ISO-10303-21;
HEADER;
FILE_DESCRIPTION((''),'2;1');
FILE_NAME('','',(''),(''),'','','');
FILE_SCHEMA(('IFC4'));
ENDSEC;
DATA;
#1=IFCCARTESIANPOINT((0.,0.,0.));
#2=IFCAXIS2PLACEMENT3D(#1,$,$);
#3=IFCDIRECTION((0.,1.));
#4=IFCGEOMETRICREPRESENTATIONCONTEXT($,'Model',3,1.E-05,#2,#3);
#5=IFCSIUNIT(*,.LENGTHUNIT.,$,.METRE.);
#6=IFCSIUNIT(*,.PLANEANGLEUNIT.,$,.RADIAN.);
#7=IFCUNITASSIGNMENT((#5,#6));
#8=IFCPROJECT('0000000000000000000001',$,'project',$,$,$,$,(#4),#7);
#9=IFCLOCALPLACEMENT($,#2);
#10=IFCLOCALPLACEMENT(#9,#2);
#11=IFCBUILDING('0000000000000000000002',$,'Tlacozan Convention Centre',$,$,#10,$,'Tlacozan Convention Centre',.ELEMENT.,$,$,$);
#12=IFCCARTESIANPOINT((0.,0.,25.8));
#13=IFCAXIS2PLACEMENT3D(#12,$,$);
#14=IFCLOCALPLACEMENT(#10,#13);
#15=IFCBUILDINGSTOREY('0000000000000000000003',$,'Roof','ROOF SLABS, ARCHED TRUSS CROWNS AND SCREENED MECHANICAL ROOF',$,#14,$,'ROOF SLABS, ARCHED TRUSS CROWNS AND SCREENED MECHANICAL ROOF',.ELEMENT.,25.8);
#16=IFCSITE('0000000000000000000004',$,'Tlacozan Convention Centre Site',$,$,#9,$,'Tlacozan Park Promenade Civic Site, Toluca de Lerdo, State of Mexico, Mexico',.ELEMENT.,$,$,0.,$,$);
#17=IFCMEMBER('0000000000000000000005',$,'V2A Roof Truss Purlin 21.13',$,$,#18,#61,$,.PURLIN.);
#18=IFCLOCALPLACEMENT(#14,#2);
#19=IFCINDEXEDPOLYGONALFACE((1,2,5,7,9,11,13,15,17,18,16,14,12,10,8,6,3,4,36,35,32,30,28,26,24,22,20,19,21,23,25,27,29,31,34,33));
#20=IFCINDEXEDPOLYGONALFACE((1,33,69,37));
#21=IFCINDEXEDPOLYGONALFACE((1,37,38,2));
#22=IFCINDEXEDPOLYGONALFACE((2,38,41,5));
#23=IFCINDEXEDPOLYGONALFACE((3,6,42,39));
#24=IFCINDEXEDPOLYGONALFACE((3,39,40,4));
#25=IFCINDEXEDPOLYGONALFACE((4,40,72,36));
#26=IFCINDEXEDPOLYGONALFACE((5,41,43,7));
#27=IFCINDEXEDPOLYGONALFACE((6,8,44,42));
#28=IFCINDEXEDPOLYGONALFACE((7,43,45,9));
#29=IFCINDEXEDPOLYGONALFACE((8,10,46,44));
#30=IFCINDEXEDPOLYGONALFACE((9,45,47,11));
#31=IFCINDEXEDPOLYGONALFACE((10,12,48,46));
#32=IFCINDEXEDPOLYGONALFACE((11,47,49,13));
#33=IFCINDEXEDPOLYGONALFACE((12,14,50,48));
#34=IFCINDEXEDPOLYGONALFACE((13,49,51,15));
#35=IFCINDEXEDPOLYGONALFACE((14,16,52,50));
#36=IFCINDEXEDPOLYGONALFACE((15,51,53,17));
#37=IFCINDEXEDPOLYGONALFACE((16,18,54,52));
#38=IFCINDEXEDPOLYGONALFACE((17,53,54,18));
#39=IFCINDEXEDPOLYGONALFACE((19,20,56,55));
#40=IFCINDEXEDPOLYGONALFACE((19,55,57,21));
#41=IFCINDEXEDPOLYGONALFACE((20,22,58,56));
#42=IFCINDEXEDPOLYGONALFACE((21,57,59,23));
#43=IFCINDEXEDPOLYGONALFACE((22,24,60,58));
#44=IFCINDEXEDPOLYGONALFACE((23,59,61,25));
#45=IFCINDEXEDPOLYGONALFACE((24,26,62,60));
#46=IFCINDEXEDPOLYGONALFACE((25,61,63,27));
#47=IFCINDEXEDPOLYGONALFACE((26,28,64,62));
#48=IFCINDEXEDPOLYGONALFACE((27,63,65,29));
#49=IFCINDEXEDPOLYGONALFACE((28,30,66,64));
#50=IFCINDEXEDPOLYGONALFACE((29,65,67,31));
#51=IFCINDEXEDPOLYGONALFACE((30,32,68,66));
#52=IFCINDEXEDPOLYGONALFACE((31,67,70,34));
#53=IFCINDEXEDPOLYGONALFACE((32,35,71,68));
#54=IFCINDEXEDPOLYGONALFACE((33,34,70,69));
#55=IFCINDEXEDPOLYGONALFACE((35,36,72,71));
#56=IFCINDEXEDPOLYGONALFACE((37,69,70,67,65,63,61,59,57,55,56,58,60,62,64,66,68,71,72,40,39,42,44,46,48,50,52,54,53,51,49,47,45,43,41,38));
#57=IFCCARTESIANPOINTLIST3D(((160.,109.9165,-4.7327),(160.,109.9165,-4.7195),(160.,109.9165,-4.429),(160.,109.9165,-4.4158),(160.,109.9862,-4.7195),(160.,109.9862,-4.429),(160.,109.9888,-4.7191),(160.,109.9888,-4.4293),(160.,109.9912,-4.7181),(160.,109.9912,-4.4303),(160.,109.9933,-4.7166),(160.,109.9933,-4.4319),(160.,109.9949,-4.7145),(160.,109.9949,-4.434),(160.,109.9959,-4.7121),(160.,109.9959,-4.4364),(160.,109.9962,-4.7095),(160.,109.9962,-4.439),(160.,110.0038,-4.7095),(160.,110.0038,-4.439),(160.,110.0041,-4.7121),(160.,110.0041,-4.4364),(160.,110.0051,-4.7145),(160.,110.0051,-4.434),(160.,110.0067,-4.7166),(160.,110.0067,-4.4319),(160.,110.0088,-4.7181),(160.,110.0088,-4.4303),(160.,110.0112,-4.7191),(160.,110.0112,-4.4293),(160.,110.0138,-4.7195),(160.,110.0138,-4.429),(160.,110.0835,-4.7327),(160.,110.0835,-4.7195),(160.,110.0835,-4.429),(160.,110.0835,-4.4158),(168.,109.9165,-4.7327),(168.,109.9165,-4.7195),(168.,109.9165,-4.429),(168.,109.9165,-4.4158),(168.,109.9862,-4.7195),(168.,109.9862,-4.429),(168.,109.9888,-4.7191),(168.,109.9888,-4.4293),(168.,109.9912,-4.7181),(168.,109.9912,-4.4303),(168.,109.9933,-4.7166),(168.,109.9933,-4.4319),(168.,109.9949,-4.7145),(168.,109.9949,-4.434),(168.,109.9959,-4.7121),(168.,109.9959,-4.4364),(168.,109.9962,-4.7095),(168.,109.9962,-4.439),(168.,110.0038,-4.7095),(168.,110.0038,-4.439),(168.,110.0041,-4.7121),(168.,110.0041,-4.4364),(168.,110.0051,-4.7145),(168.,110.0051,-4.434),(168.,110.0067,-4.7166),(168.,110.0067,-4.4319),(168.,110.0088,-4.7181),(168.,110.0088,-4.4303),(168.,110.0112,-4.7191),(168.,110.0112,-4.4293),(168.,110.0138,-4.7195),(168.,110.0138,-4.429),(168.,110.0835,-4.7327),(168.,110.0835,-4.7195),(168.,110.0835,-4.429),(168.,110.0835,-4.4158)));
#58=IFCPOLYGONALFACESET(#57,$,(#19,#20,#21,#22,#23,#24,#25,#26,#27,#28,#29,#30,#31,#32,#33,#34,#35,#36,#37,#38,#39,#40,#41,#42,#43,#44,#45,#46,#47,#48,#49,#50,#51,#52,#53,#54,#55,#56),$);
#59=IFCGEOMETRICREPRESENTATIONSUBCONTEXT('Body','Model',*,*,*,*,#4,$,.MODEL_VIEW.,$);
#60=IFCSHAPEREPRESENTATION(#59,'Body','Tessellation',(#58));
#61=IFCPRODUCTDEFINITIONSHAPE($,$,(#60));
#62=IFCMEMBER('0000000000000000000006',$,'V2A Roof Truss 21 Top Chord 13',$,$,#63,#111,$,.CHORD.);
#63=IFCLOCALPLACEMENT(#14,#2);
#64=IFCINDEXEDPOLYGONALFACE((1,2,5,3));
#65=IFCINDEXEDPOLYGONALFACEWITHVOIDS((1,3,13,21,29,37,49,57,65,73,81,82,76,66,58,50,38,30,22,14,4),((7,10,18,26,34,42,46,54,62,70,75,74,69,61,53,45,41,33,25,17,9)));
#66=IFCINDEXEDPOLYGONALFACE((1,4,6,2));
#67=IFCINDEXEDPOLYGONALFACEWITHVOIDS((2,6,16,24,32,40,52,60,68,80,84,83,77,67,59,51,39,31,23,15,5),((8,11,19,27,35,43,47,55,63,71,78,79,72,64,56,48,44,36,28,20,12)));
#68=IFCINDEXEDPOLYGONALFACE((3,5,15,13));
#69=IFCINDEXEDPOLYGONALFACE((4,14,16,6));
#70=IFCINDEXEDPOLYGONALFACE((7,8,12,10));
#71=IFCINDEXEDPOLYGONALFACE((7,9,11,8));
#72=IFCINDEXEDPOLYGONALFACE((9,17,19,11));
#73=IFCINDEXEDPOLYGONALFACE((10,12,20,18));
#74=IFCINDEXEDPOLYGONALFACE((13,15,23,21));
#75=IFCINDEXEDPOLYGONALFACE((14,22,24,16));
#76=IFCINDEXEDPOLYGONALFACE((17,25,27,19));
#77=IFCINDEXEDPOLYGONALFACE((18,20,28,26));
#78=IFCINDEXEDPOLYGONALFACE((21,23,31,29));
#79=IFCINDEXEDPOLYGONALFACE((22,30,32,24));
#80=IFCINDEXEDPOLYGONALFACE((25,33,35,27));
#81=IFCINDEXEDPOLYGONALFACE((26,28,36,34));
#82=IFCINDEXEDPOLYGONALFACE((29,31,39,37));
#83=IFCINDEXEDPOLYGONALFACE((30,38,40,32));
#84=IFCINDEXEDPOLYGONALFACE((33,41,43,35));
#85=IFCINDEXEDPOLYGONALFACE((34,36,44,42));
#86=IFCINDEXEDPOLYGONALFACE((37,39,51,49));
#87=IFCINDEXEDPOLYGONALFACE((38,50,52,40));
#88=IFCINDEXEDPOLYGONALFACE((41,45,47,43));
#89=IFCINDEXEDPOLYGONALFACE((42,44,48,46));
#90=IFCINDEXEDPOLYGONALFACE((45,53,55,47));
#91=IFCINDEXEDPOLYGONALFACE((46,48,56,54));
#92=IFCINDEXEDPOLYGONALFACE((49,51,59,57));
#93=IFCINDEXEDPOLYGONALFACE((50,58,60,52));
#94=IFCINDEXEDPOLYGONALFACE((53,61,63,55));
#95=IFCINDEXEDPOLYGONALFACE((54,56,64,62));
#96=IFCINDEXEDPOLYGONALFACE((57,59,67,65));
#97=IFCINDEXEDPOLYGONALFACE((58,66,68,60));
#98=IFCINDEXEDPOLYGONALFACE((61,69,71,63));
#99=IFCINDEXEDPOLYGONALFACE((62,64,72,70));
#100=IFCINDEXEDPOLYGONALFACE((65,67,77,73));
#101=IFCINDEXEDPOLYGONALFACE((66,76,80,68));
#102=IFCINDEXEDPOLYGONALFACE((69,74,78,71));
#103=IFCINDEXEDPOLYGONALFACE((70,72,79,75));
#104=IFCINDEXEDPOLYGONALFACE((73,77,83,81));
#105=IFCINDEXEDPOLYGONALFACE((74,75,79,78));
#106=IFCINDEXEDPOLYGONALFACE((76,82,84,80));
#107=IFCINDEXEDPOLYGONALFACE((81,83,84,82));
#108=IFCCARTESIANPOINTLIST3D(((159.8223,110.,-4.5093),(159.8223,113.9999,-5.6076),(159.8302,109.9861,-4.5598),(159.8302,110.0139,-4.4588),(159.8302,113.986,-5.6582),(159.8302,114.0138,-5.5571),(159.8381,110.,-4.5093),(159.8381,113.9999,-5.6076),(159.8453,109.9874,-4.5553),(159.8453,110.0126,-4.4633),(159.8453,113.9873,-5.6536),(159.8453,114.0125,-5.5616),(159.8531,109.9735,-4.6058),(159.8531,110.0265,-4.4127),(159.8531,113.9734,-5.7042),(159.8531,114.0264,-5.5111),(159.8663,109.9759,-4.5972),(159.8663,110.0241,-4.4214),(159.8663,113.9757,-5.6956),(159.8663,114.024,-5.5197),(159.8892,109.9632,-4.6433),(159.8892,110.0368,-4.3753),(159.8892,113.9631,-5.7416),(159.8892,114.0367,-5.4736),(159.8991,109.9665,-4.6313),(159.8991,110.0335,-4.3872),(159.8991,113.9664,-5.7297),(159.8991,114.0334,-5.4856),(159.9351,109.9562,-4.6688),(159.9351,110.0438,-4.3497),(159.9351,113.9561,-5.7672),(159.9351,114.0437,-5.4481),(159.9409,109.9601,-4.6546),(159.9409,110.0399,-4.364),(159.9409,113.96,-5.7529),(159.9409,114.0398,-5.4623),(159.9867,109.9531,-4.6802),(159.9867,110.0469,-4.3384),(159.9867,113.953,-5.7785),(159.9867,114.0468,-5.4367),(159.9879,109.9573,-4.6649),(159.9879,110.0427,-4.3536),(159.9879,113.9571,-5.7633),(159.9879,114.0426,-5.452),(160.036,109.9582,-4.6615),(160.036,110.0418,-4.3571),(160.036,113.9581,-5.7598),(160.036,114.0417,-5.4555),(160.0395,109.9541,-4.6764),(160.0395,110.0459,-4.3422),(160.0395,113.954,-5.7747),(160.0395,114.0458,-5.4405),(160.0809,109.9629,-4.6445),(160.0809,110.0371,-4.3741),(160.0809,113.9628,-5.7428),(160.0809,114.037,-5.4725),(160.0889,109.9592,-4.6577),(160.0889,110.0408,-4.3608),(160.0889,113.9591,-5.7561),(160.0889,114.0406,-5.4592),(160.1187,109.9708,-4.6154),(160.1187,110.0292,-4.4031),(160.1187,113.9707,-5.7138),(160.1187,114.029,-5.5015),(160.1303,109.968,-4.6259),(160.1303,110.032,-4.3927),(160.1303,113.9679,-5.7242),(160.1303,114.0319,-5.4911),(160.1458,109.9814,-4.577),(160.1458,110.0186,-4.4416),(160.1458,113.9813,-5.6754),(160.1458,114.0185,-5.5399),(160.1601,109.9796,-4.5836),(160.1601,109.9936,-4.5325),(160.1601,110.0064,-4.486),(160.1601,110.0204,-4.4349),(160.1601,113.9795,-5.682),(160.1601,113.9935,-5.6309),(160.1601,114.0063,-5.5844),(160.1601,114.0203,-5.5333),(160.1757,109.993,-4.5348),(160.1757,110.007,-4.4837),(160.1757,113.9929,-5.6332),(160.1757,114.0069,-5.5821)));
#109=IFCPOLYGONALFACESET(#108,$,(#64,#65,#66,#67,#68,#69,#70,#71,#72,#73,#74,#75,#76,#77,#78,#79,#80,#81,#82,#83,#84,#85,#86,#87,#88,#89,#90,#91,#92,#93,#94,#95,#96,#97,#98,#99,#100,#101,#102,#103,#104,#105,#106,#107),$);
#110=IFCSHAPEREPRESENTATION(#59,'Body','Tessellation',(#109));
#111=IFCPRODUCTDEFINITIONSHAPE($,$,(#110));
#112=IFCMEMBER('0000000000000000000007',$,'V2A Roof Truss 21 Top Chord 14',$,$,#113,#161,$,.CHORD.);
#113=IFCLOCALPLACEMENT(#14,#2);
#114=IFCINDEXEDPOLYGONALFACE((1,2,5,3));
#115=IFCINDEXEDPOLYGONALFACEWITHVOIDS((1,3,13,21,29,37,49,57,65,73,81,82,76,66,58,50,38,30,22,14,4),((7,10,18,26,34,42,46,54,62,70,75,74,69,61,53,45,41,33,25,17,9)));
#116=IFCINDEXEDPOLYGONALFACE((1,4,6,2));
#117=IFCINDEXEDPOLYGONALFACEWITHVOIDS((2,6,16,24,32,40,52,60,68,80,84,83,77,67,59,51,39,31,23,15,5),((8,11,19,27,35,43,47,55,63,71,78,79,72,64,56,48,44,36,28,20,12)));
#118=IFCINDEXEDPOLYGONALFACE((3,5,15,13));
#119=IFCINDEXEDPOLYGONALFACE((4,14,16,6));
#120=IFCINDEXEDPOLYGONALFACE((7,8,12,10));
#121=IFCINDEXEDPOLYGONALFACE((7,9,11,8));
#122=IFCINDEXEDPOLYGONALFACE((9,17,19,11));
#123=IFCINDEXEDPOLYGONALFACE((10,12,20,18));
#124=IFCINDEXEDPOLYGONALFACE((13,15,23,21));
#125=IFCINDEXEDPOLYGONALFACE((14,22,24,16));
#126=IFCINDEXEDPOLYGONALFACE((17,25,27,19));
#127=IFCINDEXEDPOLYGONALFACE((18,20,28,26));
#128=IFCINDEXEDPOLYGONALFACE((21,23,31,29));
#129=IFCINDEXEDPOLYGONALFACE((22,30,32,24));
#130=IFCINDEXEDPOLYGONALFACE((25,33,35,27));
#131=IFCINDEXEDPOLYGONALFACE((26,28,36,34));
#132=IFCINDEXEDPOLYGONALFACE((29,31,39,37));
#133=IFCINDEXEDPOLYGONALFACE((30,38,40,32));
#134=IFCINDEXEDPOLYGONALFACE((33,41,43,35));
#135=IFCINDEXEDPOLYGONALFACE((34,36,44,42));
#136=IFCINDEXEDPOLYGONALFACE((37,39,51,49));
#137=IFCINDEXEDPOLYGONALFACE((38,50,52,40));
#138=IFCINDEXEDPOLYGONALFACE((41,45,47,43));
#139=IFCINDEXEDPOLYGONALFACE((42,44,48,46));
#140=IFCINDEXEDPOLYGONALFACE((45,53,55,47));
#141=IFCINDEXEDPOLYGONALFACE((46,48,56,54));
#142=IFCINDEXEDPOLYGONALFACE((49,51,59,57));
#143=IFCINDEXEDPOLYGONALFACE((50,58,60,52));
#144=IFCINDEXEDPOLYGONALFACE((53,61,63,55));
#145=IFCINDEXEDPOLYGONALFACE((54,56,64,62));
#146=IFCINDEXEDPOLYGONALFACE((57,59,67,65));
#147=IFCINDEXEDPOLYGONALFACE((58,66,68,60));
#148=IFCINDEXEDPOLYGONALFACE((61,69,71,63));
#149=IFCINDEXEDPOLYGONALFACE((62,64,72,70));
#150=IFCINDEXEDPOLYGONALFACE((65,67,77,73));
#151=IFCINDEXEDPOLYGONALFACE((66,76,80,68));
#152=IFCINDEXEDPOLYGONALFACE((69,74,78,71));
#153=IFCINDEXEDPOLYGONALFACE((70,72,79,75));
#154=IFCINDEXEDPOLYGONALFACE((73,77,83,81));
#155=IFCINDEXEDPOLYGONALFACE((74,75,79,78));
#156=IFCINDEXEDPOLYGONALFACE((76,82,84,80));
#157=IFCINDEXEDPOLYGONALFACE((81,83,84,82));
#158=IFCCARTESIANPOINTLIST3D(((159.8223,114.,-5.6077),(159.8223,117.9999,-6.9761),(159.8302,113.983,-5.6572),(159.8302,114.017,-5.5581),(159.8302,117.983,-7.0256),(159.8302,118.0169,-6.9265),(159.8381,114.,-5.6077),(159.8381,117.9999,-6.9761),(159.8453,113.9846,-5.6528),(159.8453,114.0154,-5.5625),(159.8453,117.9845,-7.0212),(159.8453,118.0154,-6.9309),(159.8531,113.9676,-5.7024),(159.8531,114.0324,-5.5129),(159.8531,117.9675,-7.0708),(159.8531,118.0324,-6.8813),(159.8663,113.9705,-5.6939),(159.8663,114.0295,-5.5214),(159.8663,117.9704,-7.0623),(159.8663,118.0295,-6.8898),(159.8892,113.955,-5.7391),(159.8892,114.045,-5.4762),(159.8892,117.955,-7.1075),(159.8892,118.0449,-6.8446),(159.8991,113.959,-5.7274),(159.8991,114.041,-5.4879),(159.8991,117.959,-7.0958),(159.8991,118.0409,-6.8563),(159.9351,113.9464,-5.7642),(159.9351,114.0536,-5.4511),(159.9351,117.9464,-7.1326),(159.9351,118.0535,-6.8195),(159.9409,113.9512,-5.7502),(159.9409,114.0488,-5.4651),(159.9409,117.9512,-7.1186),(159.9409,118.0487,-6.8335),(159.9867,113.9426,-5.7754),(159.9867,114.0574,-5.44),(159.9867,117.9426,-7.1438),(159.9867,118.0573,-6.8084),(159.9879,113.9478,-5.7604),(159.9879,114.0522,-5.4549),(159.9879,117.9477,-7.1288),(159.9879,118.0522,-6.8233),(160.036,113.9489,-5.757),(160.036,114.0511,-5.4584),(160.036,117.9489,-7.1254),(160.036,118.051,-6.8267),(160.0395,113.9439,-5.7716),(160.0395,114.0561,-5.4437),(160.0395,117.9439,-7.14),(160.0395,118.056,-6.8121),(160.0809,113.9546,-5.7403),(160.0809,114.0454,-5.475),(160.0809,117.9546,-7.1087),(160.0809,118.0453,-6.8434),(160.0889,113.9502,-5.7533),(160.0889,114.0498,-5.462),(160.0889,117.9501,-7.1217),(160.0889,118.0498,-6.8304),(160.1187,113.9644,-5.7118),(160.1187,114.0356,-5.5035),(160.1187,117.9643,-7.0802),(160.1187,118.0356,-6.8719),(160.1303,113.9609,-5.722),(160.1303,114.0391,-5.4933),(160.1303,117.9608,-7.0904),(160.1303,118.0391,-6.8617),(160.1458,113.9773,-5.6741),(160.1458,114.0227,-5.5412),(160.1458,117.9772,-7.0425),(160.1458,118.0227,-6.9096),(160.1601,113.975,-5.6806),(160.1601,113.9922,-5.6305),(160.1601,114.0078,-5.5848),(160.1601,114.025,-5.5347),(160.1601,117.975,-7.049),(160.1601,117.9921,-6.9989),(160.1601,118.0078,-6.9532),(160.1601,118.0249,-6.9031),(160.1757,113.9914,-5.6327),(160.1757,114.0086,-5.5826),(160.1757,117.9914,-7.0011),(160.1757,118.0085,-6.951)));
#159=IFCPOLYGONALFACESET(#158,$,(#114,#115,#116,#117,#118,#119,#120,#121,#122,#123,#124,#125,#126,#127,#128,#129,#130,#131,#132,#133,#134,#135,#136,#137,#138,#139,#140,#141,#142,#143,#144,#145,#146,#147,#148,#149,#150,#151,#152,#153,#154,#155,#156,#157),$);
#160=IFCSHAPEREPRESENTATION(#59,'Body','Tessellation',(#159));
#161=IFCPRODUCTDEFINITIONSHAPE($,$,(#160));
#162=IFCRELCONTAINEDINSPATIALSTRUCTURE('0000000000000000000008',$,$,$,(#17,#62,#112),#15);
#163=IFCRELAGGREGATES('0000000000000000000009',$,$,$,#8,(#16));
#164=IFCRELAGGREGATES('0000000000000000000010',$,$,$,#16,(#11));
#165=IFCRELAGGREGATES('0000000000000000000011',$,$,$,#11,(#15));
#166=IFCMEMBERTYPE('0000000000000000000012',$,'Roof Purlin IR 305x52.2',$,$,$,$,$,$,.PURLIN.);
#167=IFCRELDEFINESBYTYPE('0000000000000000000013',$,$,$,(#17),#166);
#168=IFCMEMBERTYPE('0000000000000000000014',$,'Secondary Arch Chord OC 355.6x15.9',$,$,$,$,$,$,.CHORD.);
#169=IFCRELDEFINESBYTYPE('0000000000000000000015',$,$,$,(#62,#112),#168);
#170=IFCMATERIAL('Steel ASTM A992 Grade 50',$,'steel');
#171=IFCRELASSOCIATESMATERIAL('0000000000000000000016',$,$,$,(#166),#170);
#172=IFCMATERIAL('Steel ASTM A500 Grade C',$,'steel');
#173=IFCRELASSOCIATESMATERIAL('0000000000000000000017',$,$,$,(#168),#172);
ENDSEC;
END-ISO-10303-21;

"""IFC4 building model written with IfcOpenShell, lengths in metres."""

from ifc_helpers import new_model, si_unit, direction, frame, origin, origin_2d, place, context, subcontext, project, spatial, hollow_circle, i_section, extrude, material, material_profile, profile_set, type_object, element, save


model = new_model("IFC4")

# Units and contexts
model_context = context("Model", 3, precision=1e-05, world=origin(), true_north=direction((0.0, 1.0)))
body_context = subcontext(model_context, "Body", "Model", "MODEL_VIEW")
ifc_project = project(units=[si_unit("LENGTHUNIT", "METRE"), si_unit("PLANEANGLEUNIT", "RADIAN")], contexts=[model_context])

# Site, building, storey
site_placement = place(None, origin())
site = spatial("IfcSite", under=ifc_project, at=site_placement, Name="Tlacozan Convention Centre Site", LongName="Tlacozan Park Promenade Civic Site, Toluca de Lerdo, State of Mexico, Mexico", CompositionType="ELEMENT", RefElevation=0.0)
building_placement = place(site_placement, origin())
building = spatial("IfcBuilding", under=site, at=building_placement, Name="Tlacozan Convention Centre", LongName="Tlacozan Convention Centre", CompositionType="ELEMENT")
storey_placement = place(building_placement, frame((0.0, 0.0, 25.8)))
storey = spatial("IfcBuildingStorey", under=building, at=storey_placement, Name="Roof", Description="ROOF SLABS, ARCHED TRUSS CROWNS AND SCREENED MECHANICAL ROOF", LongName="ROOF SLABS, ARCHED TRUSS CROWNS AND SCREENED MECHANICAL ROOF", CompositionType="ELEMENT", Elevation=25.8)

# Members
ifc_material_1 = material(Name="Steel ASTM A500 Grade C", Category="steel")
ifc_material_2 = material(Name="Steel ASTM A992 Grade 50", Category="steel")
ifc_material_profile_1 = material_profile(ifc_material_2, i_section(OverallWidth=0.167, OverallDepth=0.3169, WebThickness=0.0076, FlangeThickness=0.0132, FilletRadius=0.01, at=origin_2d()), Name="IR 305x52.2")
ifc_profile_set_1 = profile_set([ifc_material_profile_1], Name="Steel ASTM A992 Grade 50")
member_type_1 = type_object("IfcMemberType", Name="Roof Purlin IR 305x52.2", PredefinedType="PURLIN", material=ifc_profile_set_1)
member_1_placement = place(storey_placement, frame((160.0, 110.0, -4.5742), z_axis=(1.0, 0.0, 0.0), x_axis=(0.0, 1.0, 0.0)))
element("IfcMember", 1, at=member_1_placement, inside=storey, type_object=member_type_1, Name="V2A Roof Truss Purlin 21.13", PredefinedType="PURLIN", context=body_context, shape_type="SweptSolid", body=[
    extrude(i_section(OverallWidth=0.167, OverallDepth=0.3169, WebThickness=0.0076, FlangeThickness=0.0132, FilletRadius=0.01, at=origin_2d()), origin(), (0.0, 0.0, 1.0), 8.0),
])
ifc_material_profile_2 = material_profile(ifc_material_1, hollow_circle(Radius=0.1777, WallThickness=0.0159, at=origin_2d()), Name="OC 355.6x15.9")
ifc_profile_set_2 = profile_set([ifc_material_profile_2], Name="Steel ASTM A500 Grade C")
member_type_2 = type_object("IfcMemberType", Name="Secondary Arch Chord OC 355.6x15.9", PredefinedType="CHORD", material=ifc_profile_set_2)
member_2_placement = place(storey_placement, frame((160.0, 110.0, -4.5093), z_axis=(0.0, 0.964305, -0.264795), x_axis=(-1.0, 0.0, 0.0)))
element("IfcMember", 2, at=member_2_placement, inside=storey, type_object=member_type_2, Name="V2A Roof Truss 21 Top Chord 13", PredefinedType="CHORD", context=body_context, shape_type="SweptSolid", body=[
    extrude(hollow_circle(Radius=0.1777, WallThickness=0.0159, at=origin_2d()), origin(), (0.0, 0.0, 1.0), 4.1479),
])
member_3_placement = place(storey_placement, frame((160.0, 114.0, -5.6077), z_axis=(0.0, 0.946165, -0.323685), x_axis=(-1.0, 0.0, 0.0)))
element("IfcMember", 3, at=member_3_placement, inside=storey, type_object=member_type_2, Name="V2A Roof Truss 21 Top Chord 14", PredefinedType="CHORD", context=body_context, shape_type="SweptSolid", body=[
    extrude(hollow_circle(Radius=0.1777, WallThickness=0.0159, at=origin_2d()), origin(), (0.0, 0.0, 1.0), 4.2275),
])

save(model, "model.ifc")
